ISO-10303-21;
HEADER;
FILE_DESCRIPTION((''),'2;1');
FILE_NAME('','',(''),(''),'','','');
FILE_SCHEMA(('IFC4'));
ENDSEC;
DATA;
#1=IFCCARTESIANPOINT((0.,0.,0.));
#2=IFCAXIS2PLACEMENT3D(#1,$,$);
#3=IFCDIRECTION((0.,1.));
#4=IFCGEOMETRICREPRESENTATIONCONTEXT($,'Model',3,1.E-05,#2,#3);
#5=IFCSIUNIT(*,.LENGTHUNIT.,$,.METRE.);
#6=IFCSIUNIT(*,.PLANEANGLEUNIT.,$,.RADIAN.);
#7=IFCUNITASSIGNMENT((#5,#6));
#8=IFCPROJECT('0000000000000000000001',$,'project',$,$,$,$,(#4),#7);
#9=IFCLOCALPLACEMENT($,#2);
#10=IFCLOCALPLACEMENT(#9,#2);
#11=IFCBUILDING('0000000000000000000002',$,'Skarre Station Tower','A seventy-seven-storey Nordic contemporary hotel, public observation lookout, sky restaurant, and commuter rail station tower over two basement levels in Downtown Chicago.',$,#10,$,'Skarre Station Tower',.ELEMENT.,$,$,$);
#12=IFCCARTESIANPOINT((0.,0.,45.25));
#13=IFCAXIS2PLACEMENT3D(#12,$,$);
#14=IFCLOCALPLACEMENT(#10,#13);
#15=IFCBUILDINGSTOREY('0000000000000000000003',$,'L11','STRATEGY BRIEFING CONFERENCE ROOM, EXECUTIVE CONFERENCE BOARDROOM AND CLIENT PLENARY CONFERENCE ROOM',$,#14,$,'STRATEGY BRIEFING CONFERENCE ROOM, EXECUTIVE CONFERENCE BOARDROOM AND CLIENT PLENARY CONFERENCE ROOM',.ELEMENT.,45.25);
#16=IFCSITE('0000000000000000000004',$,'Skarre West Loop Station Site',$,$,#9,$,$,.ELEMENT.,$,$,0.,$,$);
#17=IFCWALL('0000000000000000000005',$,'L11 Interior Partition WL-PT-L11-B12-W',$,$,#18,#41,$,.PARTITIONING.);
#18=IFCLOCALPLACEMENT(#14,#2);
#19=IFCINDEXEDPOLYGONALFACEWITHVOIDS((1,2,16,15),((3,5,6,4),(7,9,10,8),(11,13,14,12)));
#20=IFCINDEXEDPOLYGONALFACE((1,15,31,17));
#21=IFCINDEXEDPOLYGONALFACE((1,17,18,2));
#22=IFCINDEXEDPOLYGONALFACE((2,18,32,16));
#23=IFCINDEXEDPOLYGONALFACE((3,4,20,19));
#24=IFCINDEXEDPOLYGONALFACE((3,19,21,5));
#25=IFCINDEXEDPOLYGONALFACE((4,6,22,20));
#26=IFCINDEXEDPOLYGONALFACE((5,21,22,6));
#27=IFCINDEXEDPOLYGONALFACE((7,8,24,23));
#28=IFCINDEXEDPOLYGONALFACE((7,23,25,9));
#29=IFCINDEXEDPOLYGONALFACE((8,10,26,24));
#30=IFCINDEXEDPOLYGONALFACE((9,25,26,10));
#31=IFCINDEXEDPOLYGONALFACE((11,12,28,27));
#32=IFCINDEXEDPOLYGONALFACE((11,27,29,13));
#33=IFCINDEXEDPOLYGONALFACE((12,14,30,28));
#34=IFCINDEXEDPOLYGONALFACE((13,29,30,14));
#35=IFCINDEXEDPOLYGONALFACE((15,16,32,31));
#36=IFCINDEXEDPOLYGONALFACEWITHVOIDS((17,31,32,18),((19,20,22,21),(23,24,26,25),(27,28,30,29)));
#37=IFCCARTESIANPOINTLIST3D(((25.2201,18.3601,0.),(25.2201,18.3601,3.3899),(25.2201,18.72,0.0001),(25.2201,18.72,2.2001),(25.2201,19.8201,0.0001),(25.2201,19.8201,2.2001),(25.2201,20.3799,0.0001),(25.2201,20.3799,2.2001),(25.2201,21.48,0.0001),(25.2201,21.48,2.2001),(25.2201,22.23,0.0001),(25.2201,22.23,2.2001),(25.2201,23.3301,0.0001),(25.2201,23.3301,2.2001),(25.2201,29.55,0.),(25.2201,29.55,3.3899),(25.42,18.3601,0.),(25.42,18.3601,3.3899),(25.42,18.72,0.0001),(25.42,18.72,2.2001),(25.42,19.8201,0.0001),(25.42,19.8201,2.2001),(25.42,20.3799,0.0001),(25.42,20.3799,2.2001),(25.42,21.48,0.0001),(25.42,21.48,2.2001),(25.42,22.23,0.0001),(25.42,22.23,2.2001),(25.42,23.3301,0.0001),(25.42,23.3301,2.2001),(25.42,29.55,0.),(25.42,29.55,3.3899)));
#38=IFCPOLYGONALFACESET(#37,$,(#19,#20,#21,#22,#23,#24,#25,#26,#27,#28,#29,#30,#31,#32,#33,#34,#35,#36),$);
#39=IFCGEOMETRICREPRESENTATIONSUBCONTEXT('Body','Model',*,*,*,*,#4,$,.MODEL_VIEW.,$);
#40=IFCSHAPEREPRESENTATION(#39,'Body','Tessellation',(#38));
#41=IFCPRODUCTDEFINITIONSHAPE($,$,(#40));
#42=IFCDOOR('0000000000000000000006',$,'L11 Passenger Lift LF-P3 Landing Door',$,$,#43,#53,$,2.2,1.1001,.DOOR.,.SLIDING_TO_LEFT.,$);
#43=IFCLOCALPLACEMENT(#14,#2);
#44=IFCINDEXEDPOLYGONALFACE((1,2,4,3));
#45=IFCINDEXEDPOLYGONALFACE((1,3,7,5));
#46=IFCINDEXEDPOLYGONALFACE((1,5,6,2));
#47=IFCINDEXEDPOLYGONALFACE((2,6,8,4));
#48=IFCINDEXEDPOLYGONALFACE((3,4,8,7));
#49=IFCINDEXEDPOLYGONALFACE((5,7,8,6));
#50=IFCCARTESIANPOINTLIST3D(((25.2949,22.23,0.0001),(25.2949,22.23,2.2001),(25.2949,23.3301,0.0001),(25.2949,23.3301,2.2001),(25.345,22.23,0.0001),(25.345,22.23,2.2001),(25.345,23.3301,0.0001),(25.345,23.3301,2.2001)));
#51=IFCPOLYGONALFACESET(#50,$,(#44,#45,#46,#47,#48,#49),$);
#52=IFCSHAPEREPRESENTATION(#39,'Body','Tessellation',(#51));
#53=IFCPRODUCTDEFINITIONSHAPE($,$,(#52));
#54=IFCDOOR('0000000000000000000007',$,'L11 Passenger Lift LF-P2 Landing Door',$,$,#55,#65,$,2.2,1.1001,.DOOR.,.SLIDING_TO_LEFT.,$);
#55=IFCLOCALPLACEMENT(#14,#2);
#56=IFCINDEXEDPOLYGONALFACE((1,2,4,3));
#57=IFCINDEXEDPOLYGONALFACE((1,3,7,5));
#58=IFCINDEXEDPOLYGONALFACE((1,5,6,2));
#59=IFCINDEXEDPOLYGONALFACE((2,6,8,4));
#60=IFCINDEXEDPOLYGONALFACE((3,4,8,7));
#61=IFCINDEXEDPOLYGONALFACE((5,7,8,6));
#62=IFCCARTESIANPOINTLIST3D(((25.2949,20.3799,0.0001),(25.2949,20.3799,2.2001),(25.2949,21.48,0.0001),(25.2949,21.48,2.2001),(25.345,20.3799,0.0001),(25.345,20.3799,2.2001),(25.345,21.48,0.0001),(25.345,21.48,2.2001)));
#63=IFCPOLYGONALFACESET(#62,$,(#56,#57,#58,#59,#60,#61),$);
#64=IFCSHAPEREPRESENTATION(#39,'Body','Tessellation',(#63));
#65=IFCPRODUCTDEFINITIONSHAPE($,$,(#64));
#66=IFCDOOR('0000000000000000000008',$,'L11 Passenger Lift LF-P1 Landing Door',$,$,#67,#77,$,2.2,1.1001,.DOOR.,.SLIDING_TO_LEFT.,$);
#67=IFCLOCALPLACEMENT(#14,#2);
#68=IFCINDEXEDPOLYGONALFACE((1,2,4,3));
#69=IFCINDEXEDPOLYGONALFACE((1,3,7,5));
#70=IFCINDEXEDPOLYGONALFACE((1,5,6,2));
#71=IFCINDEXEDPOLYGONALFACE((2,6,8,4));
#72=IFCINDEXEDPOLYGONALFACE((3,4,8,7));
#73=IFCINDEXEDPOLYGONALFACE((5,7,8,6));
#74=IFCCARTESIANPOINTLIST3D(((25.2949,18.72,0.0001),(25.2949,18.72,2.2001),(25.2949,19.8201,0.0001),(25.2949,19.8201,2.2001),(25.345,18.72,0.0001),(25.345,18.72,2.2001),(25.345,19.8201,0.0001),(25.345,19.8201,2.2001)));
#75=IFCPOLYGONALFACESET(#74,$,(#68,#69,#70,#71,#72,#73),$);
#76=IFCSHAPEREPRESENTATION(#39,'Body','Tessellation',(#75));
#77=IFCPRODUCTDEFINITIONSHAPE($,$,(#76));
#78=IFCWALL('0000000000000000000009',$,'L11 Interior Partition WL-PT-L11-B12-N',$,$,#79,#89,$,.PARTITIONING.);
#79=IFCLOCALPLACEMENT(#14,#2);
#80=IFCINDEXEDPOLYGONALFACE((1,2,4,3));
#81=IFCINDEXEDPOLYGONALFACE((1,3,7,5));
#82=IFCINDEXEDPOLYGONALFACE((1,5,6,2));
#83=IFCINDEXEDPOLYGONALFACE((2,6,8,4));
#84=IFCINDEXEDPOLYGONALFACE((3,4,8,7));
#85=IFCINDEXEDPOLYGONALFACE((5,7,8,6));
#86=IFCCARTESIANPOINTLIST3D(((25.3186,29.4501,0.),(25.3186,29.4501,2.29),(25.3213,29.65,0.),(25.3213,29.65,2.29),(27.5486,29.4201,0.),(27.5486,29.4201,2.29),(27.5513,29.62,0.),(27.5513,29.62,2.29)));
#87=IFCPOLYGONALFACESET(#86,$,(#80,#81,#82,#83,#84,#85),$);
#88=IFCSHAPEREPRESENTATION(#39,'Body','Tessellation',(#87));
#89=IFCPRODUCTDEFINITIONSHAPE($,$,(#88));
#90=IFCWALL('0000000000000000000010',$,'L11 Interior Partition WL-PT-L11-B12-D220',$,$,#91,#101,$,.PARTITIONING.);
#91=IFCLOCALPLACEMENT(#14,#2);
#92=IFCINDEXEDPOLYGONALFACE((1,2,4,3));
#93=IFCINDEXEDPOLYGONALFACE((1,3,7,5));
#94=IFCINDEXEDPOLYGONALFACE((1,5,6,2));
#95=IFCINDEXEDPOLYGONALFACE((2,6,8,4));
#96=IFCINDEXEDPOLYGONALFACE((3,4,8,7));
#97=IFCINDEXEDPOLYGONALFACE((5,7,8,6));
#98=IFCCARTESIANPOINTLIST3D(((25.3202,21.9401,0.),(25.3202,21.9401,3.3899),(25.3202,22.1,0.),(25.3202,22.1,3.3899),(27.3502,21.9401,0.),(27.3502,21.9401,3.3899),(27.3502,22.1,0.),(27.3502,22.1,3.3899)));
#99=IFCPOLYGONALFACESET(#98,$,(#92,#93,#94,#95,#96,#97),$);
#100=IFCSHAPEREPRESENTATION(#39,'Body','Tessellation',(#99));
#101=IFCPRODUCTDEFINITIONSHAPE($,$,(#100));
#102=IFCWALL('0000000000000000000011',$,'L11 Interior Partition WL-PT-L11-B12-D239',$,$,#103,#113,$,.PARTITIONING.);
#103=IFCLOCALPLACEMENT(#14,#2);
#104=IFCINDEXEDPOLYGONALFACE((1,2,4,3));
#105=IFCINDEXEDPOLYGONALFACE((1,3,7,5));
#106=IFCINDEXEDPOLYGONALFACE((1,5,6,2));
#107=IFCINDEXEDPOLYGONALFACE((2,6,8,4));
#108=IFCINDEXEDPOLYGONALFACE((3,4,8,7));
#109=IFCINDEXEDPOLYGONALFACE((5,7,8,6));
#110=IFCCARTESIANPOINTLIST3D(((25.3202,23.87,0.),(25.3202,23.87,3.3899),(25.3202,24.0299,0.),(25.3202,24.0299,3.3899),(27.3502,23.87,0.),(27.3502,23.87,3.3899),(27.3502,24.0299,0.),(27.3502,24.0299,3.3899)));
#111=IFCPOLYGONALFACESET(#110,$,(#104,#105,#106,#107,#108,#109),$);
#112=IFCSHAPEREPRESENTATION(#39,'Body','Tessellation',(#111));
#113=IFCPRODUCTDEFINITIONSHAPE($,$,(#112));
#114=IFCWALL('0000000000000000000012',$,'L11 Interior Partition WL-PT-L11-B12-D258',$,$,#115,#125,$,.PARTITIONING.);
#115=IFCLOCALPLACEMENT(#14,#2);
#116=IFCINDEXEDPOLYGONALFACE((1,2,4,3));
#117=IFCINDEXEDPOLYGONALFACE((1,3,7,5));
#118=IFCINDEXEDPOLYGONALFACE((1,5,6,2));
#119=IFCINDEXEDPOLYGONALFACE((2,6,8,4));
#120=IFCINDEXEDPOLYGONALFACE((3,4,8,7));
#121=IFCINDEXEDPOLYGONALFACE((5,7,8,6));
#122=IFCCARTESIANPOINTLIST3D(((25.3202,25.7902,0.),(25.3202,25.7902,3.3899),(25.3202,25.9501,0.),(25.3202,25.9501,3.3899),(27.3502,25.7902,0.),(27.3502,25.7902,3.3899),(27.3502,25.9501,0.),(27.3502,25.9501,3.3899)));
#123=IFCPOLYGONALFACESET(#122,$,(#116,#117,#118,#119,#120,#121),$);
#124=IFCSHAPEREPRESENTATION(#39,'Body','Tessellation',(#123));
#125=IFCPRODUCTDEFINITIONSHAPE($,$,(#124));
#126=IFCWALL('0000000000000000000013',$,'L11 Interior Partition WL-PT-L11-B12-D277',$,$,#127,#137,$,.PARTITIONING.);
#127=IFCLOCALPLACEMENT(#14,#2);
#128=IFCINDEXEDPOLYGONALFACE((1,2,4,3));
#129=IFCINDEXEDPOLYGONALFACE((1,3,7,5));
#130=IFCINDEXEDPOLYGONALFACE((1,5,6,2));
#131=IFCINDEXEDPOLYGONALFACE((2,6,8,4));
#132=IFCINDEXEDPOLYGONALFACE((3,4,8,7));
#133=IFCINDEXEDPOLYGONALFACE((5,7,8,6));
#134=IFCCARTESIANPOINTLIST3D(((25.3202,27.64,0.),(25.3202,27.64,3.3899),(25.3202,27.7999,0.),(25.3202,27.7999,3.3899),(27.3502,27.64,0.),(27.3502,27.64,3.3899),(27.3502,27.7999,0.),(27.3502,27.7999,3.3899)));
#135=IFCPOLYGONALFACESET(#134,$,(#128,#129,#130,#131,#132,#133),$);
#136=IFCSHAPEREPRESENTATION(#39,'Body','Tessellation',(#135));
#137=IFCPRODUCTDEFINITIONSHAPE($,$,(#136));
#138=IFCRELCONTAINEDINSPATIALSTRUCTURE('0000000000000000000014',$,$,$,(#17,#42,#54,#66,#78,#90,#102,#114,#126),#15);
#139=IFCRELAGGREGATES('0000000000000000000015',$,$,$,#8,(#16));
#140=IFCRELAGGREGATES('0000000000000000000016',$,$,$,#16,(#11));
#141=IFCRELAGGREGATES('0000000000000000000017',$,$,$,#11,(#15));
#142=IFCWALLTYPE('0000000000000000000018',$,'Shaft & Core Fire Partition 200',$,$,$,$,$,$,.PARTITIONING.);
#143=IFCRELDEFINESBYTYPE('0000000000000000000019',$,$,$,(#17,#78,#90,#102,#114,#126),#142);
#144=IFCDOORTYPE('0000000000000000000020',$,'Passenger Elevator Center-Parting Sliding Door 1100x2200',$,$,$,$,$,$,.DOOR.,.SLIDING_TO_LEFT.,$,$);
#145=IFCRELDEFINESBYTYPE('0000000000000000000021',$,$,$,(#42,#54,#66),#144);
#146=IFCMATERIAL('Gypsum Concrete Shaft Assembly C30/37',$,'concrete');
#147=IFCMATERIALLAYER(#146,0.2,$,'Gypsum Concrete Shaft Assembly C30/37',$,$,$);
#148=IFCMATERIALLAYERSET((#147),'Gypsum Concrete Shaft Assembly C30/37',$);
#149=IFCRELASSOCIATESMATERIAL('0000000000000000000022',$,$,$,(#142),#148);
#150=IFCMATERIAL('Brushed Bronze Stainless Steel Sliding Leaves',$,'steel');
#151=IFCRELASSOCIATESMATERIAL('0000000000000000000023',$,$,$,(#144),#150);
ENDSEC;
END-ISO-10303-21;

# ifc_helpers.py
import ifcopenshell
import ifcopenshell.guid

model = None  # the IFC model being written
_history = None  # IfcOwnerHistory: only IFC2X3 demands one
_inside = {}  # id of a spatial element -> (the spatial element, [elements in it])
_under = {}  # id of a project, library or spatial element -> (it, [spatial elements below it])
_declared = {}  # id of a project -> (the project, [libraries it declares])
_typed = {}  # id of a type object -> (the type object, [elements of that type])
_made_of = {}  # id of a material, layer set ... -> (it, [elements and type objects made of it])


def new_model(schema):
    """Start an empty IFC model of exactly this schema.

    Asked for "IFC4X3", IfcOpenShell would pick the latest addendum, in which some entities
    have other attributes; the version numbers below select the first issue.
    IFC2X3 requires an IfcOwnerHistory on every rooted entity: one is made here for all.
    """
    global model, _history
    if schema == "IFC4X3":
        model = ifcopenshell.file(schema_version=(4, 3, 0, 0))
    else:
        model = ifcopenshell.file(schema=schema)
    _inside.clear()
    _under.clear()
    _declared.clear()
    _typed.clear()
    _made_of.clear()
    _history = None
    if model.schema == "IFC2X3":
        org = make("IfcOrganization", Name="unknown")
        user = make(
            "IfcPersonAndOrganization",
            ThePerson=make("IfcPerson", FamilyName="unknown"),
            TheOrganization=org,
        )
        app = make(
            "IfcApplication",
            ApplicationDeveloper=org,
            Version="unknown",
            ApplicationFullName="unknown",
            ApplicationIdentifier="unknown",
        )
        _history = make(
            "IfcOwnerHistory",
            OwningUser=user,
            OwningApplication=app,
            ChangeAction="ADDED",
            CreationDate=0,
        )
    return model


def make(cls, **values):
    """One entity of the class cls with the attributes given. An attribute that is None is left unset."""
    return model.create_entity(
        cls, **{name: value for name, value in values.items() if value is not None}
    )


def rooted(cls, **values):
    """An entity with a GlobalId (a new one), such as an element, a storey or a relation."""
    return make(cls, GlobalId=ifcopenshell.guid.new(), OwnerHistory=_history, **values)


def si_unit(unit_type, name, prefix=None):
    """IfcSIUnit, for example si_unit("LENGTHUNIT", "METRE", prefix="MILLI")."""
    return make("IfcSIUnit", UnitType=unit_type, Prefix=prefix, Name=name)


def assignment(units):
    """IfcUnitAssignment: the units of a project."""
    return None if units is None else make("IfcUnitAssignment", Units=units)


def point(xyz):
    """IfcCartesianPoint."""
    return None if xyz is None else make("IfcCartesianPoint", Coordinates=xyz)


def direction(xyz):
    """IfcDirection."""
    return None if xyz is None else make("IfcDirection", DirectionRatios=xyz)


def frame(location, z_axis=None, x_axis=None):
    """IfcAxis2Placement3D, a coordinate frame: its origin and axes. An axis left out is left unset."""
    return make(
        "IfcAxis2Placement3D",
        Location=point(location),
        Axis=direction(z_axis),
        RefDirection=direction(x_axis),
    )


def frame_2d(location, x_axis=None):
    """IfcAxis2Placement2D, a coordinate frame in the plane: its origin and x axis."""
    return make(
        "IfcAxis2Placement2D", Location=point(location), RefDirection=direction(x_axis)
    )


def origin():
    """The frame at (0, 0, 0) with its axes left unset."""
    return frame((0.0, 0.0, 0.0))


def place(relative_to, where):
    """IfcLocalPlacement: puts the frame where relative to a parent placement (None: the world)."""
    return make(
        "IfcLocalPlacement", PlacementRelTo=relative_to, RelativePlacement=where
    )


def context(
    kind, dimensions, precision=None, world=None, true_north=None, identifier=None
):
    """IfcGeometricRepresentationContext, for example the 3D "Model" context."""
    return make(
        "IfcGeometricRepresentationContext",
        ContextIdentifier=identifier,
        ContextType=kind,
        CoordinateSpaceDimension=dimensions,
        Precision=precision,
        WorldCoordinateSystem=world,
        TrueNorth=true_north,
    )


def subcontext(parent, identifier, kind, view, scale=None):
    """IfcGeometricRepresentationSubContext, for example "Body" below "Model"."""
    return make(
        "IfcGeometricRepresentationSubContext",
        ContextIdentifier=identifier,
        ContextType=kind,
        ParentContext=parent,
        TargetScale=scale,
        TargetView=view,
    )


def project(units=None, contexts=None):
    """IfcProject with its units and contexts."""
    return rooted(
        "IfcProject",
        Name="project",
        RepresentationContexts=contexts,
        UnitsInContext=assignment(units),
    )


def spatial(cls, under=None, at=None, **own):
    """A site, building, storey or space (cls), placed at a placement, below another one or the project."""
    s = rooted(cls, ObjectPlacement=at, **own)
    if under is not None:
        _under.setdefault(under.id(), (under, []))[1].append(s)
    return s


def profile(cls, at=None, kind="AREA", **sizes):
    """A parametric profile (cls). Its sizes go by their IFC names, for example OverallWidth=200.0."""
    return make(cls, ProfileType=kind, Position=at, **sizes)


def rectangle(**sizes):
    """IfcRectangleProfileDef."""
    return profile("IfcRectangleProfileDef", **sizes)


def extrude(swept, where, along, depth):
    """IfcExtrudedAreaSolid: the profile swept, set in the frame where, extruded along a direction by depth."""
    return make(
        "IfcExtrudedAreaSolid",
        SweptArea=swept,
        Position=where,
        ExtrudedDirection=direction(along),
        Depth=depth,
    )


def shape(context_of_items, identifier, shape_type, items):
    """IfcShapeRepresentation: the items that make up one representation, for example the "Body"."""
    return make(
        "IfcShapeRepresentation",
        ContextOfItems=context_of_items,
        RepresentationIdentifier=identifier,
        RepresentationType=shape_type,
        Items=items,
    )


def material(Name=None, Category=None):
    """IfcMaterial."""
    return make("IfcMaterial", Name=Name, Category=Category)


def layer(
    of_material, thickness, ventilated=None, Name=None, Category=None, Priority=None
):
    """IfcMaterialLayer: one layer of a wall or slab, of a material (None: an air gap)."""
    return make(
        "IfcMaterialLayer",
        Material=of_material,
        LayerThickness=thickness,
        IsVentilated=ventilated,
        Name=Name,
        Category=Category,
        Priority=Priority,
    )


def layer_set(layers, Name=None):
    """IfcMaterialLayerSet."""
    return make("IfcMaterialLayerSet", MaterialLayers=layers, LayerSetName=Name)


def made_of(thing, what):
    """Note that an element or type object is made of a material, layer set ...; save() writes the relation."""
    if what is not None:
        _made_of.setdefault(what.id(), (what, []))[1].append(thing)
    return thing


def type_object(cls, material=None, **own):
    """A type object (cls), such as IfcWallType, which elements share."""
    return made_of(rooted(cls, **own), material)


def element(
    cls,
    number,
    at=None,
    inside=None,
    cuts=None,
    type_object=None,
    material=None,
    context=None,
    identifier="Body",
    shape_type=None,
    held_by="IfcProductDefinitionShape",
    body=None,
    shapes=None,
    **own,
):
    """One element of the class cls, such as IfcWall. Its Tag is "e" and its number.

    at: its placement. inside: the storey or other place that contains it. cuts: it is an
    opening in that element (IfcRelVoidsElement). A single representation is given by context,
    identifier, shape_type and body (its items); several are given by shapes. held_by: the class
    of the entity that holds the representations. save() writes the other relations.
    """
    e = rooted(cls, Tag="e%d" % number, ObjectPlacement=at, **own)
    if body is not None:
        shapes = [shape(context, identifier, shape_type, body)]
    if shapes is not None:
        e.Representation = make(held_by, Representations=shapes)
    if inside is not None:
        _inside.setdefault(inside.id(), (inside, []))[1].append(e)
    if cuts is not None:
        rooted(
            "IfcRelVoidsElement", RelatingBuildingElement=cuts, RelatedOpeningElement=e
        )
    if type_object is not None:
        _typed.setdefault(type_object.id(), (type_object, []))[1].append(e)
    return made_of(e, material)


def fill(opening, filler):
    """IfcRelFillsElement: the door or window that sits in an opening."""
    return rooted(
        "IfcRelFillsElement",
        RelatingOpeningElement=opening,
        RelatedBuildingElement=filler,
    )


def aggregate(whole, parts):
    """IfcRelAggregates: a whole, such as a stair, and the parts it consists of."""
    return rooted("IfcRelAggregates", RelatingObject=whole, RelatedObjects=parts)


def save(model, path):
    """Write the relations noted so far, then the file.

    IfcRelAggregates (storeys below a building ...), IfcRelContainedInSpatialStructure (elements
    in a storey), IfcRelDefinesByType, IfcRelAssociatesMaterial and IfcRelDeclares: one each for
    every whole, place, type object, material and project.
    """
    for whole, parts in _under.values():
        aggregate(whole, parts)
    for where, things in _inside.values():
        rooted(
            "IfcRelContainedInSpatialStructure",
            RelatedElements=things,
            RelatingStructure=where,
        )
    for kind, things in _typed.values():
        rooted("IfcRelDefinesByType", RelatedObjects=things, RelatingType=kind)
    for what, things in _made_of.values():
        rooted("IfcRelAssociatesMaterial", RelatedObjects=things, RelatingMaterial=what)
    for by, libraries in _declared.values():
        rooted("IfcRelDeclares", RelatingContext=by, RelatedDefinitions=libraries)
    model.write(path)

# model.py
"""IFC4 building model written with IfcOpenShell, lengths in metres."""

from ifc_helpers import new_model, si_unit, direction, frame, frame_2d, origin, place, context, subcontext, project, spatial, rectangle, extrude, material, layer, layer_set, type_object, element, fill, save


model = new_model("IFC4")

# Units and contexts
model_context = context("Model", 3, precision=1e-05, world=origin(), true_north=direction((0.0, 1.0)))
body_context = subcontext(model_context, "Body", "Model", "MODEL_VIEW")
ifc_project = project(units=[si_unit("LENGTHUNIT", "METRE"), si_unit("PLANEANGLEUNIT", "RADIAN")], contexts=[model_context])

# Site, building, storey
site_placement = place(None, origin())
site = spatial("IfcSite", under=ifc_project, at=site_placement, Name="Skarre West Loop Station Site", CompositionType="ELEMENT", RefElevation=0.0)
building_placement = place(site_placement, origin())
building = spatial("IfcBuilding", under=site, at=building_placement, Name="Skarre Station Tower", Description="A seventy-seven-storey Nordic contemporary hotel, public observation lookout, sky restaurant, and commuter rail station tower over two basement levels in Downtown Chicago.", LongName="Skarre Station Tower", CompositionType="ELEMENT")
storey_placement = place(building_placement, frame((0.0, 0.0, 45.25)))
storey = spatial("IfcBuildingStorey", under=building, at=storey_placement, Name="L11", Description="STRATEGY BRIEFING CONFERENCE ROOM, EXECUTIVE CONFERENCE BOARDROOM AND CLIENT PLENARY CONFERENCE ROOM", LongName="STRATEGY BRIEFING CONFERENCE ROOM, EXECUTIVE CONFERENCE BOARDROOM AND CLIENT PLENARY CONFERENCE ROOM", CompositionType="ELEMENT", Elevation=45.25)

# Shared definitions
ifc_material_1 = material(Name="Gypsum Concrete Shaft Assembly C30/37", Category="concrete")
ifc_layer_1 = layer(ifc_material_1, 0.2, Name="Gypsum Concrete Shaft Assembly C30/37")
ifc_layer_set_1 = layer_set([ifc_layer_1], Name="Gypsum Concrete Shaft Assembly C30/37")
wall_type_1 = type_object("IfcWallType", Name="Shaft & Core Fire Partition 200", PredefinedType="PARTITIONING", material=ifc_layer_set_1)

# Wall, openings, doors
wall_1_placement = place(storey_placement, frame((25.3201, 29.55, 0.0), z_axis=(0.0, 0.0, 1.0), x_axis=(0.0, -1.0, 0.0)))
wall_1 = element("IfcWall", 1, at=wall_1_placement, inside=storey, type_object=wall_type_1, Name="L11 Interior Partition WL-PT-L11-B12-W", PredefinedType="PARTITIONING", context=body_context, shape_type="SweptSolid", body=[
    extrude(rectangle(XDim=11.1899, YDim=0.2, at=frame_2d((5.595, 0.0))), origin(), (0.0, 0.0, 1.0), 3.3899),
])
opening_1_placement = place(wall_1_placement, frame((6.22, 0.0, 0.0)))
opening_1 = element("IfcOpeningElement", 2, at=opening_1_placement, cuts=wall_1, PredefinedType="OPENING", context=body_context, shape_type="SweptSolid", body=[
    extrude(rectangle(XDim=1.1001, YDim=2.2, at=frame_2d((0.55, 1.1001))), frame((0.0, 0.1099, 0.0), z_axis=(0.0, -1.0, 0.0), x_axis=(1.0, 0.0, 0.0)), (0.0, 0.0, 1.0), 0.22),
])
opening_2_placement = place(wall_1_placement, frame((8.0701, 0.0, 0.0)))
opening_2 = element("IfcOpeningElement", 3, at=opening_2_placement, cuts=wall_1, PredefinedType="OPENING", context=body_context, shape_type="SweptSolid", body=[
    extrude(rectangle(XDim=1.1001, YDim=2.2, at=frame_2d((0.55, 1.1001))), frame((0.0, 0.1099, 0.0), z_axis=(0.0, -1.0, 0.0), x_axis=(1.0, 0.0, 0.0)), (0.0, 0.0, 1.0), 0.22),
])
opening_3_placement = place(wall_1_placement, frame((9.73, 0.0, 0.0)))
opening_3 = element("IfcOpeningElement", 4, at=opening_3_placement, cuts=wall_1, PredefinedType="OPENING", context=body_context, shape_type="SweptSolid", body=[
    extrude(rectangle(XDim=1.1001, YDim=2.2, at=frame_2d((0.55, 1.1001))), frame((0.0, 0.1099, 0.0), z_axis=(0.0, -1.0, 0.0), x_axis=(1.0, 0.0, 0.0)), (0.0, 0.0, 1.0), 0.22),
])
ifc_material_2 = material(Name="Brushed Bronze Stainless Steel Sliding Leaves", Category="steel")
door_type_1 = type_object("IfcDoorType", Name="Passenger Elevator Center-Parting Sliding Door 1100x2200", OperationType="SLIDING_TO_LEFT", PredefinedType="DOOR", material=ifc_material_2)
door_1_placement = place(opening_1_placement, origin())
door_1 = element("IfcDoor", 5, at=door_1_placement, inside=storey, type_object=door_type_1, Name="L11 Passenger Lift LF-P3 Landing Door", OperationType="SLIDING_TO_LEFT", OverallHeight=2.2, OverallWidth=1.1001, PredefinedType="DOOR", context=body_context, shape_type="SweptSolid", body=[
    extrude(rectangle(XDim=1.1001, YDim=2.2, at=frame_2d((0.55, 1.1001))), frame((0.0, 0.0249, 0.0), z_axis=(0.0, -1.0, 0.0), x_axis=(1.0, 0.0, 0.0)), (0.0, 0.0, 1.0), 0.05),
])
fill(opening_1, door_1)
door_2_placement = place(opening_2_placement, origin())
door_2 = element("IfcDoor", 6, at=door_2_placement, inside=storey, type_object=door_type_1, Name="L11 Passenger Lift LF-P2 Landing Door", OperationType="SLIDING_TO_LEFT", OverallHeight=2.2, OverallWidth=1.1001, PredefinedType="DOOR", context=body_context, shape_type="SweptSolid", body=[
    extrude(rectangle(XDim=1.1001, YDim=2.2, at=frame_2d((0.55, 1.1001))), frame((0.0, 0.0249, 0.0), z_axis=(0.0, -1.0, 0.0), x_axis=(1.0, 0.0, 0.0)), (0.0, 0.0, 1.0), 0.05),
])
fill(opening_2, door_2)
door_3_placement = place(opening_3_placement, origin())
door_3 = element("IfcDoor", 7, at=door_3_placement, inside=storey, type_object=door_type_1, Name="L11 Passenger Lift LF-P1 Landing Door", OperationType="SLIDING_TO_LEFT", OverallHeight=2.2, OverallWidth=1.1001, PredefinedType="DOOR", context=body_context, shape_type="SweptSolid", body=[
    extrude(rectangle(XDim=1.1001, YDim=2.2, at=frame_2d((0.55, 1.1001))), frame((0.0, 0.0249, 0.0), z_axis=(0.0, -1.0, 0.0), x_axis=(1.0, 0.0, 0.0)), (0.0, 0.0, 1.0), 0.05),
])
fill(opening_3, door_3)

# Walls
wall_2_placement = place(storey_placement, frame((27.55, 29.52, 0.0), z_axis=(0.0, 0.0, 1.0), x_axis=(-0.999909, 0.013465, 0.0)))
element("IfcWall", 8, at=wall_2_placement, inside=storey, type_object=wall_type_1, Name="L11 Interior Partition WL-PT-L11-B12-N", PredefinedType="PARTITIONING", context=body_context, shape_type="SweptSolid", body=[
    extrude(rectangle(XDim=2.2302, YDim=0.2, at=frame_2d((1.1152, 0.0))), origin(), (0.0, 0.0, 1.0), 2.29),
])
for number, where, z_axis, x_axis, name in (
    (9, (25.3201, 22.02, 0.0), (0.0, 0.0, 1.0), (1.0, 0.0, 0.0), "L11 Interior Partition WL-PT-L11-B12-D220"),
    (10, (25.3201, 23.95, 0.0), (0.0, 0.0, 1.0), (1.0, 0.0, 0.0), "L11 Interior Partition WL-PT-L11-B12-D239"),
    (11, (25.3201, 25.8701, 0.0), (0.0, 0.0, 1.0), (1.0, 0.0, 0.0), "L11 Interior Partition WL-PT-L11-B12-D258"),
    (12, (25.3201, 27.72, 0.0), (0.0, 0.0, 1.0), (1.0, 0.0, 0.0), "L11 Interior Partition WL-PT-L11-B12-D277"),
):
    element("IfcWall", number, at=place(storey_placement, frame(where, z_axis=z_axis, x_axis=x_axis)), inside=storey, type_object=wall_type_1, Name=name, PredefinedType="PARTITIONING", context=body_context, shape_type="SweptSolid", body=[
        extrude(rectangle(XDim=2.03, YDim=0.1599, at=frame_2d((1.0151, 0.0))), origin(), (0.0, 0.0, 1.0), 3.3899),
    ])

save(model, "model.ifc")
